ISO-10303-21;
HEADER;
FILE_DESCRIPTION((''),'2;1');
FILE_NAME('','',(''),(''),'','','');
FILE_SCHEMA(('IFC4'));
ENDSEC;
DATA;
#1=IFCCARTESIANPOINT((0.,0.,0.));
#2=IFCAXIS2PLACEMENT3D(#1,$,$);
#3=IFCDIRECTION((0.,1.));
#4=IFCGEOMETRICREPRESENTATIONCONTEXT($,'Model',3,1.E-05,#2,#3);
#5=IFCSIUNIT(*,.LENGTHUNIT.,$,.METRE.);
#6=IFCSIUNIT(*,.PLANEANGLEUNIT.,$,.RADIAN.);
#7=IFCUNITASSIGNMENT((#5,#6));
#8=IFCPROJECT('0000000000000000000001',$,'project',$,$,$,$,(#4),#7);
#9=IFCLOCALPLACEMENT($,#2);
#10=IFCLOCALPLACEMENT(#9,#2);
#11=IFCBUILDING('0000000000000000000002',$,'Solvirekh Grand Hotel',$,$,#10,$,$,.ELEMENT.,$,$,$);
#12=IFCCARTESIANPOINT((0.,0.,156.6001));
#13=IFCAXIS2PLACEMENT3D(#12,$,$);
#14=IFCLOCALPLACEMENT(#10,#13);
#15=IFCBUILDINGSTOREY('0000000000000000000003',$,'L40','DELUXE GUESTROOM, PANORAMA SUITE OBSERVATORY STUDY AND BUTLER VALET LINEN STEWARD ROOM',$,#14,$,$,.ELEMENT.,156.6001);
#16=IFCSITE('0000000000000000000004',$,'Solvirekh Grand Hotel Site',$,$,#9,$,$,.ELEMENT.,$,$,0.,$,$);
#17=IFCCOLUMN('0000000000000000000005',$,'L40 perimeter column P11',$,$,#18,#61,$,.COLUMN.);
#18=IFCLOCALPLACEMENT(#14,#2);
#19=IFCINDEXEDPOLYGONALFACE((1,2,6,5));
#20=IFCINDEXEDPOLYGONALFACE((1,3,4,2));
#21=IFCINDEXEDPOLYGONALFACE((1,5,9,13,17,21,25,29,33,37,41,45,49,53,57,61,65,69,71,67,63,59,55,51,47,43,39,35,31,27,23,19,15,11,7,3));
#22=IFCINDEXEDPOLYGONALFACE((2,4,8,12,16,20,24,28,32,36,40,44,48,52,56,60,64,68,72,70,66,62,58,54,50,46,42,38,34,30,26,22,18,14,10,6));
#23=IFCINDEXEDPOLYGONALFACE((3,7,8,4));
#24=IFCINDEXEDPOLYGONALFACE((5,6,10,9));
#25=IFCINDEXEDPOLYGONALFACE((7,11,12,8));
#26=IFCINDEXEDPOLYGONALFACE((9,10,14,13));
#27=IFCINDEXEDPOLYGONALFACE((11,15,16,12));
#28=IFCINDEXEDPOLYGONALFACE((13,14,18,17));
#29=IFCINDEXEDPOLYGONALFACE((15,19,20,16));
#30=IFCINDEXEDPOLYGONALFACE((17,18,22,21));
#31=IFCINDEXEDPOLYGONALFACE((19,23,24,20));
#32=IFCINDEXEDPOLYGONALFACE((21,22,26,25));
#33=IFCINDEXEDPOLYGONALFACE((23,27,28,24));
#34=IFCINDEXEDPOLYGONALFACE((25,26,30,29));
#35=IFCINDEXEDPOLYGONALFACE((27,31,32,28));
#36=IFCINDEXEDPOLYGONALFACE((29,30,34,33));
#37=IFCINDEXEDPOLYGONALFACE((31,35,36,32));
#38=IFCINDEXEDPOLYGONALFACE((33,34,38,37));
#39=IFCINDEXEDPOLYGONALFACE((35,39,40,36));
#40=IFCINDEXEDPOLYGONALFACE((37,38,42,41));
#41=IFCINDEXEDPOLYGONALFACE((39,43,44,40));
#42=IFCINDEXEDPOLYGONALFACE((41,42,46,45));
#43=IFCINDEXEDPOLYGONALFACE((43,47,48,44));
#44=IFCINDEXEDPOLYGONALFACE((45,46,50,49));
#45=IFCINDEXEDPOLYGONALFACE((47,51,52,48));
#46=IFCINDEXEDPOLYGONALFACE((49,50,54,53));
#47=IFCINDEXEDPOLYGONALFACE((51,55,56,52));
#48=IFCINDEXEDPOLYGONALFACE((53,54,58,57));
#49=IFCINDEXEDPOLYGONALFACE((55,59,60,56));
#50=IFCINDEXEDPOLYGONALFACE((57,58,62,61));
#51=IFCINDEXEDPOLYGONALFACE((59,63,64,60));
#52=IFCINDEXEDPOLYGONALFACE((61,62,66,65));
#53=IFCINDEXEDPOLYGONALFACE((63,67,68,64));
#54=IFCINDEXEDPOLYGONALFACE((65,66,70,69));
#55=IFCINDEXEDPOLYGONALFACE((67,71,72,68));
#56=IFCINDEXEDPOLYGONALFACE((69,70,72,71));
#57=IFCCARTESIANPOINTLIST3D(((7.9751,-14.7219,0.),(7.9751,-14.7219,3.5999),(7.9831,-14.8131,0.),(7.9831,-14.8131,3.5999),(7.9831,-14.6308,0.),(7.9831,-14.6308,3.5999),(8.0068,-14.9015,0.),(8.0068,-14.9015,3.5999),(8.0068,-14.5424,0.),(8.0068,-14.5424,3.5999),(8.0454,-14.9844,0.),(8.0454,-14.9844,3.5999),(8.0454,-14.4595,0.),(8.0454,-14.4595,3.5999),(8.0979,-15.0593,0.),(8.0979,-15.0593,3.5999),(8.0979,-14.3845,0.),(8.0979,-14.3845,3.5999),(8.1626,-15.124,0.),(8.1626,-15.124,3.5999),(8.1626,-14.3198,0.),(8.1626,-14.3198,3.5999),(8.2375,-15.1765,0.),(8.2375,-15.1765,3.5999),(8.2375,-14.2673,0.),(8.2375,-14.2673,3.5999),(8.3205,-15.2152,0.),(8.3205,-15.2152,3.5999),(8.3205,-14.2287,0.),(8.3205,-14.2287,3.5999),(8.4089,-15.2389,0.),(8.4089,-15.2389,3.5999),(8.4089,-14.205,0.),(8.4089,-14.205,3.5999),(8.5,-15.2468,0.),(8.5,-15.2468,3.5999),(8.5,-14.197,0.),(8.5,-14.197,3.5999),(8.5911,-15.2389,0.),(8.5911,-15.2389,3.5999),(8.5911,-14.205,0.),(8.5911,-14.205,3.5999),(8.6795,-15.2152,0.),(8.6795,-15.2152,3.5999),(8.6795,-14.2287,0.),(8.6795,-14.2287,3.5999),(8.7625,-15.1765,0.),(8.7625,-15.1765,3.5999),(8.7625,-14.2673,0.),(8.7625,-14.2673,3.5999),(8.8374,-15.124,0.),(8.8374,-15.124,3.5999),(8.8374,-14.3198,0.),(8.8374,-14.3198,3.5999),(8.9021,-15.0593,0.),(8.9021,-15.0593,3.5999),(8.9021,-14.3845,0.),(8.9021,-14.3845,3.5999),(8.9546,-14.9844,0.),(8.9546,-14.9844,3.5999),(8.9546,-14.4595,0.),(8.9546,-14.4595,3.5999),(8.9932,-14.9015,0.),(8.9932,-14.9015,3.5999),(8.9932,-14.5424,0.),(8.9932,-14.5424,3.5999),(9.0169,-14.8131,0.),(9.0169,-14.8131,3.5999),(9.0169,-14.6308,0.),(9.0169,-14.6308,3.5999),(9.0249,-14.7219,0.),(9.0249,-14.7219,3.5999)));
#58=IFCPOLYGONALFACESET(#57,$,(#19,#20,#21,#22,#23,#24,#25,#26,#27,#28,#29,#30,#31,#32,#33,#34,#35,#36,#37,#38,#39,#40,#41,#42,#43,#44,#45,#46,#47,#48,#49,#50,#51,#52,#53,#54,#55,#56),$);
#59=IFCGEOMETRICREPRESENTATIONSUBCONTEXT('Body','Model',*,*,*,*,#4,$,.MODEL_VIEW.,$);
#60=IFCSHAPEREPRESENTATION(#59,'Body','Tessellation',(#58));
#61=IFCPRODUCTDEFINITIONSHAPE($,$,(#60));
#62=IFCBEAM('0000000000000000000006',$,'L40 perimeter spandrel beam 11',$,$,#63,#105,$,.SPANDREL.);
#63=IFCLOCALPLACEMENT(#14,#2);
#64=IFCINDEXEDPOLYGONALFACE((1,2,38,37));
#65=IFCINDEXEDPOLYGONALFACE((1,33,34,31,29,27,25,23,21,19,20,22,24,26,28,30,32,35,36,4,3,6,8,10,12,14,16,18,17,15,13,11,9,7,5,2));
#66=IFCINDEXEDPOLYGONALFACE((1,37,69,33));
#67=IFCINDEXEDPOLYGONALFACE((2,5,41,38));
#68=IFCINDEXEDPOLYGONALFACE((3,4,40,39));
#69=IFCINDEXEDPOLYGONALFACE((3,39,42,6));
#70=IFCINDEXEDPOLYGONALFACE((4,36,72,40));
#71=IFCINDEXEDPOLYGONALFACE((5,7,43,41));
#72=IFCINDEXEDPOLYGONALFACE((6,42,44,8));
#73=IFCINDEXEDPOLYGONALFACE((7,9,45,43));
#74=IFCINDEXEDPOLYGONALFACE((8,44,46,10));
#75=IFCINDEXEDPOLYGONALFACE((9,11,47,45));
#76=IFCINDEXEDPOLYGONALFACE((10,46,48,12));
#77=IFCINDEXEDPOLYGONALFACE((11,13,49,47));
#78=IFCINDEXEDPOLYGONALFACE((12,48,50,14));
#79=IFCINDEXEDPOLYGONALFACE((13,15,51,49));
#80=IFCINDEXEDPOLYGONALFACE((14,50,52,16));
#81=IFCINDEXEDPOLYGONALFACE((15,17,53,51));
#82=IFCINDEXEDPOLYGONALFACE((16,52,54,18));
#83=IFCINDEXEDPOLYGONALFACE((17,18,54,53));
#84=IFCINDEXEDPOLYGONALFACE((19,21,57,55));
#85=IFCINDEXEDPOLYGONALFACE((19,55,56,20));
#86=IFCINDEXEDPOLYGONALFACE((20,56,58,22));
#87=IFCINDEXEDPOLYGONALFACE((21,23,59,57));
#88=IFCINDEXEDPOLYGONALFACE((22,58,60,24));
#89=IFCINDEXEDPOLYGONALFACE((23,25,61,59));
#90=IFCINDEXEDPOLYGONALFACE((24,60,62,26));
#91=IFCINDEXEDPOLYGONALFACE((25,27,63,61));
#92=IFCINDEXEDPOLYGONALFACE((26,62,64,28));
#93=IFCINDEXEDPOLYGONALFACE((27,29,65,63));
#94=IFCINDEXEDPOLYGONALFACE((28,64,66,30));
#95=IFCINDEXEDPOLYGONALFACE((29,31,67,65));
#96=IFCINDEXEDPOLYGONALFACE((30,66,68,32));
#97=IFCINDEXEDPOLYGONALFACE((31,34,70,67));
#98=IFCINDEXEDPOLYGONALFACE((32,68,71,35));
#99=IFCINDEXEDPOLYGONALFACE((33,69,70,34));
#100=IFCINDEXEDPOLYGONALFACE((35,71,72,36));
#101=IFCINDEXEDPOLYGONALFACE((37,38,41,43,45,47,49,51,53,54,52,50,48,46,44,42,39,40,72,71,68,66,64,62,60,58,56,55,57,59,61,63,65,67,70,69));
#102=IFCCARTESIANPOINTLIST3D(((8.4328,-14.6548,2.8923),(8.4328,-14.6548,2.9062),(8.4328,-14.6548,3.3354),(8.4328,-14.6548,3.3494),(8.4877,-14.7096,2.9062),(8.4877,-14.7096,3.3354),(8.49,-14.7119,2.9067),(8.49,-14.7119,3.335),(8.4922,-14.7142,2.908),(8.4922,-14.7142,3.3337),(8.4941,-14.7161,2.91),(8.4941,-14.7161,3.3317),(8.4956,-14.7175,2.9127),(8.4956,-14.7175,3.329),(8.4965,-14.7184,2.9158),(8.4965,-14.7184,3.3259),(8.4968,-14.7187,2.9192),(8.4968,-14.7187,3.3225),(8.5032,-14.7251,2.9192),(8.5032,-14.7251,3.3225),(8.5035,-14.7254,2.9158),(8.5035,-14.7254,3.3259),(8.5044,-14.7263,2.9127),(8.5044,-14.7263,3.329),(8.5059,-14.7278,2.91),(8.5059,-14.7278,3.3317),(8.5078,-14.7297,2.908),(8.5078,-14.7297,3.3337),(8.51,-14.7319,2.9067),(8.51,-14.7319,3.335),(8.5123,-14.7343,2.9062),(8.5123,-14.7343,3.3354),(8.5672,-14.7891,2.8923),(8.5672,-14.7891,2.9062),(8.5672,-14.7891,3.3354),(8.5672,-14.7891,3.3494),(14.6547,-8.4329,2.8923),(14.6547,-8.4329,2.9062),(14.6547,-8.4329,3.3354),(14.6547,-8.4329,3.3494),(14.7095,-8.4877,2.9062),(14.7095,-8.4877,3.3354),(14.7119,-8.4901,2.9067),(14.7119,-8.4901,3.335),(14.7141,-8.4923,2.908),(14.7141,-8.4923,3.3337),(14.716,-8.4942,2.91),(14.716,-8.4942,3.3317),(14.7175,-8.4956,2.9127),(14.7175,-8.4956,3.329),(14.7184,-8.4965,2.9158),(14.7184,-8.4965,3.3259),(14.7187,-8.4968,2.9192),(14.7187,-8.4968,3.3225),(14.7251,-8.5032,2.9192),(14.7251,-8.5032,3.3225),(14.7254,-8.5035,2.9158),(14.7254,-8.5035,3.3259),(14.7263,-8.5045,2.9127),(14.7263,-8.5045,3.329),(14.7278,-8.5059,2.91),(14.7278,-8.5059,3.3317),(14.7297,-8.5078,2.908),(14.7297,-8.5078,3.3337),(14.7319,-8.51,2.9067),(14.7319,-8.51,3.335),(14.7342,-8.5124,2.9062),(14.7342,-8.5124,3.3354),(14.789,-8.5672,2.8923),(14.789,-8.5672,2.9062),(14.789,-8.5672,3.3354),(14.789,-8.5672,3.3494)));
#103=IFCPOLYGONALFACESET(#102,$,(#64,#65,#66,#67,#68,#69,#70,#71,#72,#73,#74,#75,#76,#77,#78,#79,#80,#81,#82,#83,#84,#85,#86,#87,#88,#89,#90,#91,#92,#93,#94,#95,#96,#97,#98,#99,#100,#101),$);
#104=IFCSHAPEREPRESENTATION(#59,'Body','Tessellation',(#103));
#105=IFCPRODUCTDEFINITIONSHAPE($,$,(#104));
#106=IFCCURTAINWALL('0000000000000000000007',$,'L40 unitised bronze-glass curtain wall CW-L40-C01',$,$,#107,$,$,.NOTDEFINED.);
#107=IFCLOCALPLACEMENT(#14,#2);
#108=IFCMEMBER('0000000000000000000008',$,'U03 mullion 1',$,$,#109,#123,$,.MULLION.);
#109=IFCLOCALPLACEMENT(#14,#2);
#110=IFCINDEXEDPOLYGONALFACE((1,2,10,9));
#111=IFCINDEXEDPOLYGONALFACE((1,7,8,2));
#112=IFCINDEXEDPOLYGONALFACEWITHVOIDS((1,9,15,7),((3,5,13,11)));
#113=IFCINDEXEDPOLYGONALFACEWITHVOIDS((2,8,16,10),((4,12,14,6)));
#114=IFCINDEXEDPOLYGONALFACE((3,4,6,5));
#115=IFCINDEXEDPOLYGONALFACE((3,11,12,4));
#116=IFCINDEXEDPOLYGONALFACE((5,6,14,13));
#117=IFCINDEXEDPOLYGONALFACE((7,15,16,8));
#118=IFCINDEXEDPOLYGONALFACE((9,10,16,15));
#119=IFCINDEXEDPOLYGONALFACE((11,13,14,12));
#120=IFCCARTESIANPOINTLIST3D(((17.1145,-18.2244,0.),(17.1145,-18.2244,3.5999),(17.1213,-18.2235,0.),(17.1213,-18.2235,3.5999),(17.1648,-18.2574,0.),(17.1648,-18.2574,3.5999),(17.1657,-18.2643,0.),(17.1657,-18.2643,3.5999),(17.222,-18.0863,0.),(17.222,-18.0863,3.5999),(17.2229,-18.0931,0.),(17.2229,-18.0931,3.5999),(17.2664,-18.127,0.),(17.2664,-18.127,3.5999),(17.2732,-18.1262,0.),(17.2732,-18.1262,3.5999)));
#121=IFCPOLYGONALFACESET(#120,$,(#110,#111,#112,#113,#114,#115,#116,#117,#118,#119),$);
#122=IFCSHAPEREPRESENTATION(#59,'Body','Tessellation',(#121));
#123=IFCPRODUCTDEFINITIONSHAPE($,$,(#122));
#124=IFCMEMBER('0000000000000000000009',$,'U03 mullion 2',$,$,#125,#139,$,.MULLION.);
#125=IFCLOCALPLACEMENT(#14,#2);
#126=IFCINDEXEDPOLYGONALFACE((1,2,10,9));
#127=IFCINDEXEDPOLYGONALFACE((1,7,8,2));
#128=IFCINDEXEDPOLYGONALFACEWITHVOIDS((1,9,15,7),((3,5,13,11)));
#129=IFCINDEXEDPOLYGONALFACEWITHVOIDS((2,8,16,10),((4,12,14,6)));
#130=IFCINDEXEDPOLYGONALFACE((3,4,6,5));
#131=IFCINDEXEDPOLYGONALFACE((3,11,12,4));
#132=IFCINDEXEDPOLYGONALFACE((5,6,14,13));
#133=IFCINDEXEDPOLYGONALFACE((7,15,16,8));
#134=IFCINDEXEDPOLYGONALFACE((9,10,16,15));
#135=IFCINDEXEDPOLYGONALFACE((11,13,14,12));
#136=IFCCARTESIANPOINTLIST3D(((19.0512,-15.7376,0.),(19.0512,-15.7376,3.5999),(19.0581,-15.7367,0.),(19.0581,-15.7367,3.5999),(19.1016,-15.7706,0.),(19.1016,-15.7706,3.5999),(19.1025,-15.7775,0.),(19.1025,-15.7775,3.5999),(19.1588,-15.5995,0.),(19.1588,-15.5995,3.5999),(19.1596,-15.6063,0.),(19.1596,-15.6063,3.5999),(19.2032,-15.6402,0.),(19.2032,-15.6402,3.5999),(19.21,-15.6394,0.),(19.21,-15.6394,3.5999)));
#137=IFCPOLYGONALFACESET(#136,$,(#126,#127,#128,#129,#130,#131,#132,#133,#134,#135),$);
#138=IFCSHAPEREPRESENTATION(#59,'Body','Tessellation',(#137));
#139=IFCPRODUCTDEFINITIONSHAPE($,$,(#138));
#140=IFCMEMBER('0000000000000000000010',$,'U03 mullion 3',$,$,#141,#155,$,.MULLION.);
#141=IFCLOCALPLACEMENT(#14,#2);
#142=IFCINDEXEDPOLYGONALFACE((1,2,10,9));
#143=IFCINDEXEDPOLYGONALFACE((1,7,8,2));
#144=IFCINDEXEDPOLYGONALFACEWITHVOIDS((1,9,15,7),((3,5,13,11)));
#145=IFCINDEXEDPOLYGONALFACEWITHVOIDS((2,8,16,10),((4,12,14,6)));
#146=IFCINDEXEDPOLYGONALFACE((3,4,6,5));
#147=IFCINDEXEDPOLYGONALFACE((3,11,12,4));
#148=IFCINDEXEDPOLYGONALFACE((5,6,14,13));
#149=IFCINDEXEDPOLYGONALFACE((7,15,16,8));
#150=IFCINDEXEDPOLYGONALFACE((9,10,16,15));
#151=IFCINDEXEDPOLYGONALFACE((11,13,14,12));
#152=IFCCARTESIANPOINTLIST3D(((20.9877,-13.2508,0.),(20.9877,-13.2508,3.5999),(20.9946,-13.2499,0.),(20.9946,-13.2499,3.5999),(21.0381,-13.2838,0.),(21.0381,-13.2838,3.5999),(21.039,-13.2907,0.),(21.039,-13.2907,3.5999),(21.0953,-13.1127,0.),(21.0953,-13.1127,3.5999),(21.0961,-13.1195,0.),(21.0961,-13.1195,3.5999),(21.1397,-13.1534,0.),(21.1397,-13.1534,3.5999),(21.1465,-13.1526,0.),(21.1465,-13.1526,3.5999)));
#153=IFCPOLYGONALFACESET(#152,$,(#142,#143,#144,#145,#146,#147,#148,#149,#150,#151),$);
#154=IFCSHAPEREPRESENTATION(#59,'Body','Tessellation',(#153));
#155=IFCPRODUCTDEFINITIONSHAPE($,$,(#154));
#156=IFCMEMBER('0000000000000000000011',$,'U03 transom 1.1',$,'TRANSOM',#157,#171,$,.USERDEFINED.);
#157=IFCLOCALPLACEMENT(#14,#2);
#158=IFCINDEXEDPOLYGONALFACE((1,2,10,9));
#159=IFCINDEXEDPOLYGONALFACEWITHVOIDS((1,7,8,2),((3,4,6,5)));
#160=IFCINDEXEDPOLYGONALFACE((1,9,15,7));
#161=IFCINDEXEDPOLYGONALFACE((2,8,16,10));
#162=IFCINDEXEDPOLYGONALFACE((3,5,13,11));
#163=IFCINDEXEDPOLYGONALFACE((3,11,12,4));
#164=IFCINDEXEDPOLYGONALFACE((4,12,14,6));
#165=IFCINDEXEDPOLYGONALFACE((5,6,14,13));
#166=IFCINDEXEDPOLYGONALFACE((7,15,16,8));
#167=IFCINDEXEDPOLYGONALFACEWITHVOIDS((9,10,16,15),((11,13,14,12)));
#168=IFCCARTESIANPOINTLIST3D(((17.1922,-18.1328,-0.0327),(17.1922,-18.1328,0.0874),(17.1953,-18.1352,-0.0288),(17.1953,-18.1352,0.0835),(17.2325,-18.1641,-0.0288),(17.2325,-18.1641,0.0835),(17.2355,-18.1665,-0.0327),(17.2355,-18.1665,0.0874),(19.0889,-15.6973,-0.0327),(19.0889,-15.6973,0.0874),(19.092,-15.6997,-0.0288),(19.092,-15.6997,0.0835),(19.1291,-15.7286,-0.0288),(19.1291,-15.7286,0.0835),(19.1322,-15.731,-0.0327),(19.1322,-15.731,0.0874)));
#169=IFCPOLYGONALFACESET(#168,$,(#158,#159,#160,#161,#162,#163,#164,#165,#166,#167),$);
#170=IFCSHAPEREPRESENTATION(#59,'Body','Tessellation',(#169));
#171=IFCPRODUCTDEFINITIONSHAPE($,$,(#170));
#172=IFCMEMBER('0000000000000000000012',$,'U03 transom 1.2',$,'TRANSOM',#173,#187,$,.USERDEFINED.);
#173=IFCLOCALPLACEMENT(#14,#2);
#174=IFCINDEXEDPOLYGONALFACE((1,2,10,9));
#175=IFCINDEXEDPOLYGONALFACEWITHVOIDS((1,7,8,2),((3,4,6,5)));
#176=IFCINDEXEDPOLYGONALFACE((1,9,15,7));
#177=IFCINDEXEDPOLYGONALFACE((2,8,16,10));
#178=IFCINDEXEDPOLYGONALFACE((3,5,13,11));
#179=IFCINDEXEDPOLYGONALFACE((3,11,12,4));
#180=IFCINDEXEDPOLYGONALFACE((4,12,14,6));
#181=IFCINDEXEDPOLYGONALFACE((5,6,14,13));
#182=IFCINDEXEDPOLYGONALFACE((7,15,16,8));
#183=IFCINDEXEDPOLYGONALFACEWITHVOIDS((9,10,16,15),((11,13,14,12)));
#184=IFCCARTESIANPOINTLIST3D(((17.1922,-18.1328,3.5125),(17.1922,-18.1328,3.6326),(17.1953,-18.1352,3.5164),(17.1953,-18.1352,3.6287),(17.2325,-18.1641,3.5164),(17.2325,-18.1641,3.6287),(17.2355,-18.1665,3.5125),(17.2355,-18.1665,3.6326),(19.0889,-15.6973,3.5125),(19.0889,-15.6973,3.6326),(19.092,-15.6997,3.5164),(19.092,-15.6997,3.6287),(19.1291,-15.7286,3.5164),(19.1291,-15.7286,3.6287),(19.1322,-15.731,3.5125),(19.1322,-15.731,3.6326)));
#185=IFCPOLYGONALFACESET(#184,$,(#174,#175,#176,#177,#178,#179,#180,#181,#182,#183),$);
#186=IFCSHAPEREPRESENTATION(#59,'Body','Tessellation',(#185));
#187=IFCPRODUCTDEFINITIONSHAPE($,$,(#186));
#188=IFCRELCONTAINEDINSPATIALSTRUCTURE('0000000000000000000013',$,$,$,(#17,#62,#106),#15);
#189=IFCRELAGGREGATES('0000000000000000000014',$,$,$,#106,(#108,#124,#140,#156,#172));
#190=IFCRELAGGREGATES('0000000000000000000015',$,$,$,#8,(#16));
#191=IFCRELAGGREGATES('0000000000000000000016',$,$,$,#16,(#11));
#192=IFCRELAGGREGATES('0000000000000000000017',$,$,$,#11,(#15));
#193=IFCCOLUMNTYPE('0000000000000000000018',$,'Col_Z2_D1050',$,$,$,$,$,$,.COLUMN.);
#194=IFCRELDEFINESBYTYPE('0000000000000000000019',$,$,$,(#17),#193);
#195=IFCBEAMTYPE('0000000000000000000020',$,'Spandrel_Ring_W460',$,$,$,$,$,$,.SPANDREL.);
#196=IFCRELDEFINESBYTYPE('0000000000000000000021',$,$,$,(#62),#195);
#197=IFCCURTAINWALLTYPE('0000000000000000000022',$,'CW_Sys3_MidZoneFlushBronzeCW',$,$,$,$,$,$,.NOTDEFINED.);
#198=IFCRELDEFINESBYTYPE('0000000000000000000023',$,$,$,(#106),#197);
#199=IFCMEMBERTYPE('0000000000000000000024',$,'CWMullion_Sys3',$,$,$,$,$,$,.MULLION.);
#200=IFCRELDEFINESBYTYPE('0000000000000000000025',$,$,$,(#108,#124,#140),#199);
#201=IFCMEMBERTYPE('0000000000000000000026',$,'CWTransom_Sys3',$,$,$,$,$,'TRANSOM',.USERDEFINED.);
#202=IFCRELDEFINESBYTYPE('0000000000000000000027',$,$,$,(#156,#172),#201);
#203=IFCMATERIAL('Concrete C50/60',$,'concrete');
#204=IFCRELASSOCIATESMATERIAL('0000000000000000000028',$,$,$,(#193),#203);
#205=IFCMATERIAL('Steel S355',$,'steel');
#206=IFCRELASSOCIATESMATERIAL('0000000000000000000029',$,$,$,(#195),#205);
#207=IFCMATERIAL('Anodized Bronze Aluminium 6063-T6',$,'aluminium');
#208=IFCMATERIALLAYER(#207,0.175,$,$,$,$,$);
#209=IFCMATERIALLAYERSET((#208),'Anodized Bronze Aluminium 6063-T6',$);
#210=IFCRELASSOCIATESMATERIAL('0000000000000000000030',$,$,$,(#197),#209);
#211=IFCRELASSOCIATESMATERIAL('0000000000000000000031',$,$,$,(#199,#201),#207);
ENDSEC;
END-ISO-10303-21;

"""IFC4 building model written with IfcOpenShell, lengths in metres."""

from ifc_helpers import new_model, si_unit, direction, frame, origin, origin_2d, place, context, subcontext, project, spatial, hollow_rectangle, circle, i_section, extrude, source, transform, mapped, material, layer, layer_set, material_profile, profile_set, type_object, element, aggregate, save


model = new_model("IFC4")

# Units and contexts
model_context = context("Model", 3, precision=1e-05, world=origin(), true_north=direction((0.0, 1.0)))
body_context = subcontext(model_context, "Body", "Model", "MODEL_VIEW")
ifc_project = project(units=[si_unit("LENGTHUNIT", "METRE"), si_unit("PLANEANGLEUNIT", "RADIAN")], contexts=[model_context])

# Site, building, storey
site_placement = place(None, origin())
site = spatial("IfcSite", under=ifc_project, at=site_placement, Name="Solvirekh Grand Hotel Site", CompositionType="ELEMENT", RefElevation=0.0)
building_placement = place(site_placement, origin())
building = spatial("IfcBuilding", under=site, at=building_placement, Name="Solvirekh Grand Hotel", CompositionType="ELEMENT")
storey_placement = place(building_placement, frame((0.0, 0.0, 156.6001)))
storey = spatial("IfcBuildingStorey", under=building, at=storey_placement, Name="L40", Description="DELUXE GUESTROOM, PANORAMA SUITE OBSERVATORY STUDY AND BUTLER VALET LINEN STEWARD ROOM", CompositionType="ELEMENT", Elevation=156.6001)

# Column
ifc_material_1 = material(Name="Concrete C50/60", Category="concrete")
ifc_material_profile_1 = material_profile(ifc_material_1, circle(Radius=0.5249, at=origin_2d()), Name="RC CIRC D1050")
ifc_profile_set_1 = profile_set([ifc_material_profile_1], Name="Concrete C50/60")
column_type = type_object("IfcColumnType", Name="Col_Z2_D1050", PredefinedType="COLUMN", material=ifc_profile_set_1)
column_placement = place(storey_placement, frame((8.5, -14.7219, 0.0), z_axis=(0.0, 0.0, 1.0), x_axis=(1.0, 0.0, 0.0)))
element("IfcColumn", 1, at=column_placement, inside=storey, type_object=column_type, Name="L40 perimeter column P11", PredefinedType="COLUMN", context=body_context, shape_type="SweptSolid", body=[
    extrude(circle(Radius=0.5249, at=origin_2d()), origin(), (0.0, 0.0, 1.0), 3.5999),
])

# Beam
ifc_material_2 = material(Name="Steel S355", Category="steel")
ifc_material_profile_2 = material_profile(ifc_material_2, i_section(OverallWidth=0.1899, OverallDepth=0.457, WebThickness=0.009, FlangeThickness=0.0139, FilletRadius=0.0129, at=origin_2d()), Name="W460X74")
ifc_profile_set_2 = profile_set([ifc_material_profile_2], Name="Steel S355")
beam_type = type_object("IfcBeamType", Name="Spandrel_Ring_W460", PredefinedType="SPANDREL", material=ifc_profile_set_2)
beam_placement = place(storey_placement, frame((8.5, -14.7219, 3.1208), z_axis=(0.707107, 0.707107, 0.0), x_axis=(-0.707107, 0.707107, 0.0)))
element("IfcBeam", 2, at=beam_placement, inside=storey, type_object=beam_type, Name="L40 perimeter spandrel beam 11", PredefinedType="SPANDREL", context=body_context, shape_type="SweptSolid", body=[
    extrude(i_section(OverallWidth=0.1899, OverallDepth=0.457, WebThickness=0.009, FlangeThickness=0.0139, FilletRadius=0.0129, at=origin_2d()), origin(), (0.0, 0.0, 1.0), 8.7991),
])

# Curtain wall, members
ifc_material_3 = material(Name="Anodized Bronze Aluminium 6063-T6", Category="aluminium")
ifc_layer_1 = layer(ifc_material_3, 0.175)
ifc_layer_set_1 = layer_set([ifc_layer_1], Name="Anodized Bronze Aluminium 6063-T6")
curtain_wall_type = type_object("IfcCurtainWallType", Name="CW_Sys3_MidZoneFlushBronzeCW", PredefinedType="NOTDEFINED", material=ifc_layer_set_1)
curtain_wall_placement = place(storey_placement, origin())
curtain_wall = element("IfcCurtainWall", 3, at=curtain_wall_placement, inside=storey, type_object=curtain_wall_type, Name="L40 unitised bronze-glass curtain wall CW-L40-C01", PredefinedType="NOTDEFINED")
ifc_material_profile_3 = material_profile(ifc_material_3, hollow_rectangle(XDim=0.0649, YDim=0.175, WallThickness=0.0049, at=origin_2d()), Name="ALU RHS 175X65X5")
ifc_profile_set_3 = profile_set([ifc_material_profile_3], Name="Anodized Bronze Aluminium 6063-T6")
member_type_1 = type_object("IfcMemberType", Name="CWMullion_Sys3", PredefinedType="MULLION", material=ifc_profile_set_3)
shared_shape_1 = source(origin(), body_context, "Body", "SweptSolid", [
    extrude(hollow_rectangle(XDim=0.0649, YDim=0.175, WallThickness=0.0049, at=origin_2d()), origin(), (0.0, 0.0, 1.0), 3.5999),
])
member_1_placement = place(storey_placement, frame((17.1938, -18.1753, 0.0), z_axis=(0.0, 0.0, 1.0), x_axis=(-0.788997, 0.614397, 0.0)))
member_1 = element("IfcMember", 4, at=member_1_placement, type_object=member_type_1, Name="U03 mullion 1", PredefinedType="MULLION", context=body_context, shape_type="MappedRepresentation", body=[
    mapped(shared_shape_1, transform((0.0, 0.0, 0.0), x_axis=(1.0, 0.0, 0.0), y_axis=(0.0, 1.0, 0.0), z_axis=(0.0, 0.0, 1.0), scale=1.0)),
])
member_2_placement = place(storey_placement, frame((19.1306, -15.6885, 0.0), z_axis=(0.0, 0.0, 1.0), x_axis=(-0.788997, 0.614397, 0.0)))
member_2 = element("IfcMember", 5, at=member_2_placement, type_object=member_type_1, Name="U03 mullion 2", PredefinedType="MULLION", context=body_context, shape_type="MappedRepresentation", body=[
    mapped(shared_shape_1, transform((0.0, 0.0, 0.0), x_axis=(1.0, 0.0, 0.0), y_axis=(0.0, 1.0, 0.0), z_axis=(0.0, 0.0, 1.0), scale=1.0)),
])
member_3_placement = place(storey_placement, frame((21.0671, -13.2017, 0.0), z_axis=(0.0, 0.0, 1.0), x_axis=(-0.788997, 0.614397, 0.0)))
member_3 = element("IfcMember", 6, at=member_3_placement, type_object=member_type_1, Name="U03 mullion 3", PredefinedType="MULLION", context=body_context, shape_type="MappedRepresentation", body=[
    mapped(shared_shape_1, transform((0.0, 0.0, 0.0), x_axis=(1.0, 0.0, 0.0), y_axis=(0.0, 1.0, 0.0), z_axis=(0.0, 0.0, 1.0), scale=1.0)),
])
ifc_material_profile_4 = material_profile(ifc_material_3, hollow_rectangle(XDim=0.0549, YDim=0.1201, WallThickness=0.0039, at=origin_2d()), Name="ALU RHS 120X55X4")
ifc_profile_set_4 = profile_set([ifc_material_profile_4], Name="Anodized Bronze Aluminium 6063-T6")
member_type_2 = type_object("IfcMemberType", Name="CWTransom_Sys3", ElementType="TRANSOM", PredefinedType="USERDEFINED", material=ifc_profile_set_4)
shared_shape_2 = source(origin(), body_context, "Body", "SweptSolid", [
    extrude(hollow_rectangle(XDim=0.0549, YDim=0.1201, WallThickness=0.0039, at=origin_2d()), origin(), (0.0, 0.0, 1.0), 3.0869),
])
member_4_placement = place(storey_placement, frame((17.2139, -18.1497, 0.0273), z_axis=(0.614428, 0.788973, 0.0), x_axis=(-0.788973, 0.614428, 0.0)))
member_4 = element("IfcMember", 7, at=member_4_placement, type_object=member_type_2, Name="U03 transom 1.1", ObjectType="TRANSOM", PredefinedType="USERDEFINED", context=body_context, shape_type="MappedRepresentation", body=[
    mapped(shared_shape_2, transform((0.0, 0.0, 0.0), x_axis=(1.0, 0.0, 0.0), y_axis=(0.0, 1.0, 0.0), z_axis=(0.0, 0.0, 1.0), scale=1.0)),
])
member_5_placement = place(storey_placement, frame((17.2139, -18.1497, 3.5725), z_axis=(0.614428, 0.788973, 0.0), x_axis=(-0.788973, 0.614428, 0.0)))
member_5 = element("IfcMember", 8, at=member_5_placement, type_object=member_type_2, Name="U03 transom 1.2", ObjectType="TRANSOM", PredefinedType="USERDEFINED", context=body_context, shape_type="MappedRepresentation", body=[
    mapped(shared_shape_2, transform((0.0, 0.0, 0.0), x_axis=(1.0, 0.0, 0.0), y_axis=(0.0, 1.0, 0.0), z_axis=(0.0, 0.0, 1.0), scale=1.0)),
])
aggregate(curtain_wall, [member_1, member_2, member_3, member_4, member_5])

save(model, "model.ifc")
